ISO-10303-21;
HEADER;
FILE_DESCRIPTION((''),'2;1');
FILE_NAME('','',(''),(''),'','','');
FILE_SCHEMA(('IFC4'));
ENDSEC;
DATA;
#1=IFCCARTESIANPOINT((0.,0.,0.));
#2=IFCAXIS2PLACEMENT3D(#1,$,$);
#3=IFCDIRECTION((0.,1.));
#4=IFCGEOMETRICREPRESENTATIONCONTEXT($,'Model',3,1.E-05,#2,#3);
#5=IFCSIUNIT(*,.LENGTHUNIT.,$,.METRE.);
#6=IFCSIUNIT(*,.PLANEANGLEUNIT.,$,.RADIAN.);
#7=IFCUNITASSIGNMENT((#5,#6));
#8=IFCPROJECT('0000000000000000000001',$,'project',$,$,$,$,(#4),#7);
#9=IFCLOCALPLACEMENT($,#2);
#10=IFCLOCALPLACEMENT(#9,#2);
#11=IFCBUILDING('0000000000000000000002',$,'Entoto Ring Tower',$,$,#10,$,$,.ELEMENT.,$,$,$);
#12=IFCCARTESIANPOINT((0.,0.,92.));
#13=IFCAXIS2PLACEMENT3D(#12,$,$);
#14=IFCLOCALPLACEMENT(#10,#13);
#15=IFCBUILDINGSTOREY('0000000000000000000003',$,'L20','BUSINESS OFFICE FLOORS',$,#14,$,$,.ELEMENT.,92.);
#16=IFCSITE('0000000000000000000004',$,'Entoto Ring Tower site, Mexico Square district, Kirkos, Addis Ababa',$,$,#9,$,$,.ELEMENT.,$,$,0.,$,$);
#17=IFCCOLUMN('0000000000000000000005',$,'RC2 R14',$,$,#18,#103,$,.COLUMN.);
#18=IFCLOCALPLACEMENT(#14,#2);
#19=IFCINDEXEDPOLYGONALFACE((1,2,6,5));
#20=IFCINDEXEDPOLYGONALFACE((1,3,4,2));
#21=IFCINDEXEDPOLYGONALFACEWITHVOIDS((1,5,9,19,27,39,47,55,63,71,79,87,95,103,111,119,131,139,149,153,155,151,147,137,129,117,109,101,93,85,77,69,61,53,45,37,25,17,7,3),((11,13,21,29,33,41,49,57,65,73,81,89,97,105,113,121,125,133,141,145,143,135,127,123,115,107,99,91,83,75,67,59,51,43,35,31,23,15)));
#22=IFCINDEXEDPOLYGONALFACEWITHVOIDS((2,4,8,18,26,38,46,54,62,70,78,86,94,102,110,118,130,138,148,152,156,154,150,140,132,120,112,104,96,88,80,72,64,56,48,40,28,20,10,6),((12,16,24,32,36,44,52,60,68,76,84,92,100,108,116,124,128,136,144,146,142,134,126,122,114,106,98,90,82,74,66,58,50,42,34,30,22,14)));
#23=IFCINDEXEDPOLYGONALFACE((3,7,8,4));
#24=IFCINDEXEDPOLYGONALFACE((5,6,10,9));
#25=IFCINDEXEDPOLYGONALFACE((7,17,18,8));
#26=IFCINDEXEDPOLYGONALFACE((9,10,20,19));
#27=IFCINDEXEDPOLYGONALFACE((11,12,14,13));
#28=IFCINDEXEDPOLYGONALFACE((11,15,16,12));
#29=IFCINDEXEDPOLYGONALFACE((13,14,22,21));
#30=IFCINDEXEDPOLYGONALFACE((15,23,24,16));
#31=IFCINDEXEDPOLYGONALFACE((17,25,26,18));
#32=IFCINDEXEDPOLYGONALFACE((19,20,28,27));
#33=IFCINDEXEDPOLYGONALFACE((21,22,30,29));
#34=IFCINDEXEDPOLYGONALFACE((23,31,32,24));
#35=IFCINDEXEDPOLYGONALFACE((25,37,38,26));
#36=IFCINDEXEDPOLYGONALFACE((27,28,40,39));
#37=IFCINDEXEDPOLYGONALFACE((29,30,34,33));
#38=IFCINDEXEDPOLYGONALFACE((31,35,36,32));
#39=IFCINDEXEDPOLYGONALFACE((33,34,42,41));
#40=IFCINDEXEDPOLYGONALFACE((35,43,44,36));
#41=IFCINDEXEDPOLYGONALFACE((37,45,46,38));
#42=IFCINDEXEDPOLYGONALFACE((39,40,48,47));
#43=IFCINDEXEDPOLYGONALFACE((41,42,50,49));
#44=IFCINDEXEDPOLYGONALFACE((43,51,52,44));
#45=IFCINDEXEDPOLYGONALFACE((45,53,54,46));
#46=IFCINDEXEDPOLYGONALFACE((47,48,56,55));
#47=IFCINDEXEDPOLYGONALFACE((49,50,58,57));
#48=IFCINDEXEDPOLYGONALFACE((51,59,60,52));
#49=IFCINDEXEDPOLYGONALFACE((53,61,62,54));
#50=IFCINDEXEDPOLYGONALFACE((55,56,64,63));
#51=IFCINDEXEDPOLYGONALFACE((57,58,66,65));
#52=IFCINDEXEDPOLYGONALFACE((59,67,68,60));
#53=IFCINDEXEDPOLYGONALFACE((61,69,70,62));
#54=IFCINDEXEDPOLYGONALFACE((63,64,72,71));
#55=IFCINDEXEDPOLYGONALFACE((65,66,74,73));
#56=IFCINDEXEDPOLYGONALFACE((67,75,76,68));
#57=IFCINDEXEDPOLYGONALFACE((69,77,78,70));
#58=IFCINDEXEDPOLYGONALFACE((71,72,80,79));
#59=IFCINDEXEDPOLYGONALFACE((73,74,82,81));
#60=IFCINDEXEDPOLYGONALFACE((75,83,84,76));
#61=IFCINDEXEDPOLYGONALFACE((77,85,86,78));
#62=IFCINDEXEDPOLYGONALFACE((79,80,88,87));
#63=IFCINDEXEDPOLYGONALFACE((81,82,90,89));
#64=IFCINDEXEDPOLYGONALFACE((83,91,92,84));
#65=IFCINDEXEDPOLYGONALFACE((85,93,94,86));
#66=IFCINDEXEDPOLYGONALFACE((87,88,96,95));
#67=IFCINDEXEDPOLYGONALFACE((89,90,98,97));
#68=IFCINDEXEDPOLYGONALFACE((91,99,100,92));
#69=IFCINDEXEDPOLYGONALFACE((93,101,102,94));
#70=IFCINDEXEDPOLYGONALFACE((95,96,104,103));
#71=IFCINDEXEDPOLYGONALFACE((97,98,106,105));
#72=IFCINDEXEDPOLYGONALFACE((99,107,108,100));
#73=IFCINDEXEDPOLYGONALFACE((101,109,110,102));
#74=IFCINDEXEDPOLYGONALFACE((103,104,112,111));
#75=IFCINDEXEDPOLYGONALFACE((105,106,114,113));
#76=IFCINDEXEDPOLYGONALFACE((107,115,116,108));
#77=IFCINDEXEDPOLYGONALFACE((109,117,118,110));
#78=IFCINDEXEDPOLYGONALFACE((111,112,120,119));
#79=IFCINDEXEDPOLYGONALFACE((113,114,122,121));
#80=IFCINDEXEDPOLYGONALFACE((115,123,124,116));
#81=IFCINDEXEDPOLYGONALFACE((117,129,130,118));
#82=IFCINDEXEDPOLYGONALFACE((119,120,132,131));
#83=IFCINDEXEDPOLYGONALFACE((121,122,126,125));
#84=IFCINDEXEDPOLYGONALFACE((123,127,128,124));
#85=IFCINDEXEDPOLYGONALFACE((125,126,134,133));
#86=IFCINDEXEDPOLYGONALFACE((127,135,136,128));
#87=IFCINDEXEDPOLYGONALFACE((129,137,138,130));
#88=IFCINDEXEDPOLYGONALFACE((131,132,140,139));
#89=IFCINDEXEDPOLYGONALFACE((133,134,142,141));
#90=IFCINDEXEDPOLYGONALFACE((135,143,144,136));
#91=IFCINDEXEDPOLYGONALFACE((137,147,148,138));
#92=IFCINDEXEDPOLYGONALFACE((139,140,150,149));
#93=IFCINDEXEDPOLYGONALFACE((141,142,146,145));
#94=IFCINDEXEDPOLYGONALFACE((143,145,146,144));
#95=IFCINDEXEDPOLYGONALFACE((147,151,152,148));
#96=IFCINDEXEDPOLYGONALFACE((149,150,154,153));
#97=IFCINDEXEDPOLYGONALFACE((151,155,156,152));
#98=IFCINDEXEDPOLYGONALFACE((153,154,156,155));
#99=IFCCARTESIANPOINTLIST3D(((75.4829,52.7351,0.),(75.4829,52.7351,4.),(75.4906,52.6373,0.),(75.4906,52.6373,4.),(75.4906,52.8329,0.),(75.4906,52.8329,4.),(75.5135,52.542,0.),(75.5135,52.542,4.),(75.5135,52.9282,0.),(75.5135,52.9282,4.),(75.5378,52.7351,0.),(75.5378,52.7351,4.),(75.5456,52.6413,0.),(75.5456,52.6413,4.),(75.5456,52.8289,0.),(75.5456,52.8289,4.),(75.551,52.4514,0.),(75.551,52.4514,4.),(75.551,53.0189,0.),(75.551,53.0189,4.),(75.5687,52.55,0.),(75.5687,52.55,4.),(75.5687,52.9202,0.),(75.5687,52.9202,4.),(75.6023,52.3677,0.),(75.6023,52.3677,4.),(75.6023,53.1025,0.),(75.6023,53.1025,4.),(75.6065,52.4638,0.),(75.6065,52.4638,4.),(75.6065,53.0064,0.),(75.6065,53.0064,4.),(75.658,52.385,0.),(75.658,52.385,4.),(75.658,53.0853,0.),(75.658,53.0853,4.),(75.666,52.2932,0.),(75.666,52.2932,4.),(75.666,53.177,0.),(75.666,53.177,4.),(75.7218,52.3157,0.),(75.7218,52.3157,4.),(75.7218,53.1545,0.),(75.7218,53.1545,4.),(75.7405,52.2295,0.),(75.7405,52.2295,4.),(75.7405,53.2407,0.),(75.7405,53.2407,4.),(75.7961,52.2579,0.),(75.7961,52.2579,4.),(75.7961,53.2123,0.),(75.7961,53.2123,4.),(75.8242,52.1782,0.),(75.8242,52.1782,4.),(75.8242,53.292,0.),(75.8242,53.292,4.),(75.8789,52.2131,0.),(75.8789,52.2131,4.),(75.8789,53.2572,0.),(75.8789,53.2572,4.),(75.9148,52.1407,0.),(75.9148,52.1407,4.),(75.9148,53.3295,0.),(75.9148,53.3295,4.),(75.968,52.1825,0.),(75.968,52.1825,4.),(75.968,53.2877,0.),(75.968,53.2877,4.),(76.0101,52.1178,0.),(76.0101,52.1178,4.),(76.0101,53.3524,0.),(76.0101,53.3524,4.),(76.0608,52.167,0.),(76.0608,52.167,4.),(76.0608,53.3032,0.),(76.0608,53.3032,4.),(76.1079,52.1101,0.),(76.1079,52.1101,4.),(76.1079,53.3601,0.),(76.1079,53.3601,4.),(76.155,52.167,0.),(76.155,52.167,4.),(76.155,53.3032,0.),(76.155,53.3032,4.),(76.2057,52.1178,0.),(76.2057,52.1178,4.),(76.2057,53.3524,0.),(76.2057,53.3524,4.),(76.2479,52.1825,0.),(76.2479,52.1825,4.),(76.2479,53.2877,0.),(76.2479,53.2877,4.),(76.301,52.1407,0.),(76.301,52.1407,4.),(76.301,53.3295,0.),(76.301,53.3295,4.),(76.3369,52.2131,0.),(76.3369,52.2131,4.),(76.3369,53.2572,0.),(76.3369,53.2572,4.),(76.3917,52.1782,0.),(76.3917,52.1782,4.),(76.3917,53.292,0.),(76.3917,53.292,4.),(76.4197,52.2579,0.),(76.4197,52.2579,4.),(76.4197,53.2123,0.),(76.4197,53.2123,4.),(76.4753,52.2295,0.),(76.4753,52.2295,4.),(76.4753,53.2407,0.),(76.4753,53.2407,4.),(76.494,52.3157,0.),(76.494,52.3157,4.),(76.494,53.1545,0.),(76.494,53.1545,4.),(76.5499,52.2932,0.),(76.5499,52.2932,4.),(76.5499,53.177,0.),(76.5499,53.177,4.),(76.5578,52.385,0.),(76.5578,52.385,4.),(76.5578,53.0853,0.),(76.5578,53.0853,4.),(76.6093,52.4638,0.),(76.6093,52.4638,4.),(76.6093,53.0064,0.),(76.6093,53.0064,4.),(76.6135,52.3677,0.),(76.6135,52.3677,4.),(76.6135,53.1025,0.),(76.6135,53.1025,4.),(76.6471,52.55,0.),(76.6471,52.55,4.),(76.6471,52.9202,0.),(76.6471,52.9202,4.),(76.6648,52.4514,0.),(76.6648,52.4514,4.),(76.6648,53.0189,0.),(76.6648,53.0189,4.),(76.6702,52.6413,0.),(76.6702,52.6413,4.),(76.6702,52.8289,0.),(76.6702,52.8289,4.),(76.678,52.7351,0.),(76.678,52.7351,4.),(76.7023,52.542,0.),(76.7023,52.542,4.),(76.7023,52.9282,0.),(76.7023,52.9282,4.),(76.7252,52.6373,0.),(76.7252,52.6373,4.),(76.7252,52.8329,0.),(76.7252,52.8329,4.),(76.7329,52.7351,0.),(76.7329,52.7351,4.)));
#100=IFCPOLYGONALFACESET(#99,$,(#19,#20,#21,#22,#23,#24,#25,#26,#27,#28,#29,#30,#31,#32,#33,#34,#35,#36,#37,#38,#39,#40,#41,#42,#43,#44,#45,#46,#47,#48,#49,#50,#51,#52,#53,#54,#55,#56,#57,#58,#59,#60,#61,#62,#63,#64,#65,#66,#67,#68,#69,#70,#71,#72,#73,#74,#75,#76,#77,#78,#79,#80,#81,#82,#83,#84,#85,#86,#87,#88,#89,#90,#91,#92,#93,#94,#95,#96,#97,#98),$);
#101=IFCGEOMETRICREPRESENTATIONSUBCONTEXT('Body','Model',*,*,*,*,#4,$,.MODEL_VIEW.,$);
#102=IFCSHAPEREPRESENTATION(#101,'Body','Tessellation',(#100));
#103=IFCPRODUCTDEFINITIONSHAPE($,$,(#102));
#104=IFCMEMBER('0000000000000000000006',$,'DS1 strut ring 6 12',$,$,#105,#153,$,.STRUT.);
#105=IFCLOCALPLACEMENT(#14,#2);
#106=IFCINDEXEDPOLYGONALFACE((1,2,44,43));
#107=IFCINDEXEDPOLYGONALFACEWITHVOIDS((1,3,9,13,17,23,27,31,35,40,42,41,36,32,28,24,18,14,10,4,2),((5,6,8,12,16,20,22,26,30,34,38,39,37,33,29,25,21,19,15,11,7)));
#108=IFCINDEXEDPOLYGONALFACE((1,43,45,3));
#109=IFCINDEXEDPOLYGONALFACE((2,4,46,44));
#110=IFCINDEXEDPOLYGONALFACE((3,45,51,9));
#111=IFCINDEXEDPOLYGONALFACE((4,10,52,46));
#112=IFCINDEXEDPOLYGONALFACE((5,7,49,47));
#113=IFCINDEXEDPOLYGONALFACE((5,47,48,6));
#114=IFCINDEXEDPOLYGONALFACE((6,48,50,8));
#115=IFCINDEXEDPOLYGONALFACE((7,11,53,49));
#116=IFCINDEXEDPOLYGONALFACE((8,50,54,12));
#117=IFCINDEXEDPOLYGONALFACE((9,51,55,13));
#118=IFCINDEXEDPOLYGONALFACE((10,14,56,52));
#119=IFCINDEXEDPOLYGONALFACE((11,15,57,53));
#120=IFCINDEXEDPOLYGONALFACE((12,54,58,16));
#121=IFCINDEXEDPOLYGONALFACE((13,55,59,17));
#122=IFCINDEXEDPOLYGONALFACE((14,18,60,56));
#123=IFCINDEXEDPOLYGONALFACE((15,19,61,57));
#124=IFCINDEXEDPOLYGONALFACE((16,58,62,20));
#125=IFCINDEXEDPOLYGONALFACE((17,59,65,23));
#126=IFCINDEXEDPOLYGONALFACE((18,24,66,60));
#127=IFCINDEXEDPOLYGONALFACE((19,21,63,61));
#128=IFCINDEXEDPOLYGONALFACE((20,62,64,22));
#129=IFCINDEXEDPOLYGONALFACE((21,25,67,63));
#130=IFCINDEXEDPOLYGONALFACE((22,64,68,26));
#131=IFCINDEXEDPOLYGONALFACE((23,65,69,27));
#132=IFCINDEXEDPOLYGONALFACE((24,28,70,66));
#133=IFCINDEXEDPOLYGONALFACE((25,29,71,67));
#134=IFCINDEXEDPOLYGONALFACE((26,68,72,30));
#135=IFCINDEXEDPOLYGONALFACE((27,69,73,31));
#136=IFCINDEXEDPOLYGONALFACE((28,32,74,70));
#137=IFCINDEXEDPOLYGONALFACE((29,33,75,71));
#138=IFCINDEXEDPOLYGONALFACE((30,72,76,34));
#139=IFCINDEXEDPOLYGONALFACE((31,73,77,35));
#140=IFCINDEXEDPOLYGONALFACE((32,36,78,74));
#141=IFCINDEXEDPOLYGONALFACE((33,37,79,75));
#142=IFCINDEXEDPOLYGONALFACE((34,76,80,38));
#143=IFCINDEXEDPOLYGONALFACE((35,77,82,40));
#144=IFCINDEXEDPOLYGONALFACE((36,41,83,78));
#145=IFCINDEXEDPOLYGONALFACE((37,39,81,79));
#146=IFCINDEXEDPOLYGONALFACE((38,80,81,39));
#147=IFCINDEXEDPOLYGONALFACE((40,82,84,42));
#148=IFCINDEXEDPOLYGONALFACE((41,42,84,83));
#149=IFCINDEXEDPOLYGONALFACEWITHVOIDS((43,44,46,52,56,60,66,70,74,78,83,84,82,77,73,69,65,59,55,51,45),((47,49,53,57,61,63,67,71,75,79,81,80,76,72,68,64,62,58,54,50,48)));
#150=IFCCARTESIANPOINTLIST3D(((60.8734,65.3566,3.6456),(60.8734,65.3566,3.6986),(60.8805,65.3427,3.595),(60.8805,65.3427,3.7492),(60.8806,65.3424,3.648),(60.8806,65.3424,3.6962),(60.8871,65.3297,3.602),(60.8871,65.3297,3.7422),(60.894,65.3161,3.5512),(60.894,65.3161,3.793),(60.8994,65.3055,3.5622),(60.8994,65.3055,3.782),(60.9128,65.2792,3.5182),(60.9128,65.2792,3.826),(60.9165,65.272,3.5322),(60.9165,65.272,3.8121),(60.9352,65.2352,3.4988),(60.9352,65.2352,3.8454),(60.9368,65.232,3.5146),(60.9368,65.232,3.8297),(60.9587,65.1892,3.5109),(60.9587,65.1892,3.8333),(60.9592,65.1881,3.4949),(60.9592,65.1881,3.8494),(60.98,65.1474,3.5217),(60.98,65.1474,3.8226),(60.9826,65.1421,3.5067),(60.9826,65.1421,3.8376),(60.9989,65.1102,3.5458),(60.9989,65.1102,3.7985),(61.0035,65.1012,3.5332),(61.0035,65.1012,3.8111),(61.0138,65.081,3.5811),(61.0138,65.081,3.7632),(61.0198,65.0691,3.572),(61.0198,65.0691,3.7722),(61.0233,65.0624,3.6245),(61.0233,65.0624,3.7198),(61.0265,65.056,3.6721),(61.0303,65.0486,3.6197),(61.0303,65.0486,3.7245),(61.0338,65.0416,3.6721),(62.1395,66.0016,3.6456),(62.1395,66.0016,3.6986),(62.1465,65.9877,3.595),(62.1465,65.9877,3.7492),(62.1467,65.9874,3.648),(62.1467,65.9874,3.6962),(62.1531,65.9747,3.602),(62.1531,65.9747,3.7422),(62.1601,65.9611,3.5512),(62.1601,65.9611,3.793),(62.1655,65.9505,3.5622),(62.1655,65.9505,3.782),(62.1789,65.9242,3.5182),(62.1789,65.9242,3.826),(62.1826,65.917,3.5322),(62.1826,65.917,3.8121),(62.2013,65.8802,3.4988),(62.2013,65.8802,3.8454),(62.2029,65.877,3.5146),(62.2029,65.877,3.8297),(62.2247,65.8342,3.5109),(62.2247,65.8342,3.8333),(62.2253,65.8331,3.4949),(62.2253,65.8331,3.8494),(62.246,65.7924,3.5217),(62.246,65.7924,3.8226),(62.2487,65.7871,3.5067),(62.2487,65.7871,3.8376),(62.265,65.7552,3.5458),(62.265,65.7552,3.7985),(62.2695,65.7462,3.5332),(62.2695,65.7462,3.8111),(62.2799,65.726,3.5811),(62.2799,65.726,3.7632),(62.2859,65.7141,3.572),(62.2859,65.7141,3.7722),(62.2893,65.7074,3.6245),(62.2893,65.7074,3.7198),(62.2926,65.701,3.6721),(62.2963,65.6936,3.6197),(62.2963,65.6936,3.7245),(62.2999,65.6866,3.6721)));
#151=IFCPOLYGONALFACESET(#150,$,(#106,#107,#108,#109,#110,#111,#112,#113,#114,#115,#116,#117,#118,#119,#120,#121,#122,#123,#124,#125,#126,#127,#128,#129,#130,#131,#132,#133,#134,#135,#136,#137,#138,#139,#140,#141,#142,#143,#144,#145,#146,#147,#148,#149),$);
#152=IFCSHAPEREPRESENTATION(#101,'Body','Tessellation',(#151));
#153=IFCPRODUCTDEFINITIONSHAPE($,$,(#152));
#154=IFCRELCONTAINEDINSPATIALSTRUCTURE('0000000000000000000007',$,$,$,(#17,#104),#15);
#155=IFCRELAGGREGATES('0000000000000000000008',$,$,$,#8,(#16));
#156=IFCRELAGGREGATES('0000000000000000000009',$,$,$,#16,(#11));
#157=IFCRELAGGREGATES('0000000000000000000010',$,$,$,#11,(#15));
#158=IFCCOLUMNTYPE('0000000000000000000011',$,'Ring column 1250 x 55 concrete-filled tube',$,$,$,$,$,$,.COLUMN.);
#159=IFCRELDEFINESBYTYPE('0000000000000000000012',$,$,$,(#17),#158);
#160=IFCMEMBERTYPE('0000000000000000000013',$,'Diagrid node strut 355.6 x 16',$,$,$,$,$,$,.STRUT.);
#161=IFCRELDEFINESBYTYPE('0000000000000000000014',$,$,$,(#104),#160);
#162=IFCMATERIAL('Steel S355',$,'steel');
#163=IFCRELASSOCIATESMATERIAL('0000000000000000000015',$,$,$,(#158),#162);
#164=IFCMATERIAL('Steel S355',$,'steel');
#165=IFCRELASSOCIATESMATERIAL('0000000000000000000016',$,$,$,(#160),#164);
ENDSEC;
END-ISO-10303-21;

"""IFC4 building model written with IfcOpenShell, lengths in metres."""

from ifc_helpers import new_model, si_unit, direction, frame, origin, origin_2d, place, context, subcontext, project, spatial, circle, hollow_circle, extrude, material, material_profile, profile_set, type_object, element, save


model = new_model("IFC4")

# Units and contexts
model_context = context("Model", 3, precision=1e-05, world=origin(), true_north=direction((0.0, 1.0)))
body_context = subcontext(model_context, "Body", "Model", "MODEL_VIEW")
ifc_project = project(units=[si_unit("LENGTHUNIT", "METRE"), si_unit("PLANEANGLEUNIT", "RADIAN")], contexts=[model_context])

# Site, building, storey
site_placement = place(None, origin())
site = spatial("IfcSite", under=ifc_project, at=site_placement, Name="Entoto Ring Tower site, Mexico Square district, Kirkos, Addis Ababa", CompositionType="ELEMENT", RefElevation=0.0)
building_placement = place(site_placement, origin())
building = spatial("IfcBuilding", under=site, at=building_placement, Name="Entoto Ring Tower", CompositionType="ELEMENT")
storey_placement = place(building_placement, frame((0.0, 0.0, 92.0)))
storey = spatial("IfcBuildingStorey", under=building, at=storey_placement, Name="L20", Description="BUSINESS OFFICE FLOORS", CompositionType="ELEMENT", Elevation=92.0)

# Column
ifc_material_1 = material(Name="Steel S355", Category="steel")
ifc_material_profile_1 = material_profile(ifc_material_1, hollow_circle(Radius=0.625, WallThickness=0.0549, at=origin_2d()), Name="CHS 1250 x 55")
ifc_material_2 = material(Name="Concrete C60/75", Category="concrete")
ifc_material_profile_2 = material_profile(ifc_material_2, circle(Radius=0.5701, at=origin_2d()), Name="Concrete C60/75 infill")
ifc_profile_set_1 = profile_set([ifc_material_profile_1, ifc_material_profile_2], Name="Steel S355")
column_type = type_object("IfcColumnType", Name="Ring column 1250 x 55 concrete-filled tube", PredefinedType="COLUMN", material=ifc_profile_set_1)
for number, where, z_axis, x_axis, name in (
    (1, (76.1079, 52.7351, 0.0), (0.0, 0.0, 1.0), (1.0, 0.0, 0.0), "RC2 R14"),
):
    element("IfcColumn", number, at=place(storey_placement, frame(where, z_axis=z_axis, x_axis=x_axis)), inside=storey, type_object=column_type, Name=name, PredefinedType="COLUMN", context=body_context, shape_type="SweptSolid", body=[
        extrude(hollow_circle(Radius=0.625, WallThickness=0.0549, at=origin_2d()), origin(), (0.0, 0.0, 1.0), 4.0),
    ])

# Member
ifc_material_3 = material(Name="Steel S355", Category="steel")
ifc_material_profile_3 = material_profile(ifc_material_3, hollow_circle(Radius=0.1777, WallThickness=0.0161, at=origin_2d()), Name="CHS 355.6 x 16")
ifc_material_4 = material(Name="Concrete C60/75", Category="concrete")
ifc_material_profile_4 = material_profile(ifc_material_4, circle(Radius=0.1619, at=origin_2d()), Name="Concrete C60/75 infill")
ifc_profile_set_2 = profile_set([ifc_material_profile_3, ifc_material_profile_4], Name="Steel S355")
member_type = type_object("IfcMemberType", Name="Diagrid node strut 355.6 x 16", PredefinedType="STRUT", material=ifc_profile_set_2)
member_1_placement = place(storey_placement, frame((62.2192, 65.845, 3.6721), z_axis=(-0.891034, -0.453936, 0.0), x_axis=(0.453936, -0.891034, 0.0)))
element("IfcMember", 2, at=member_1_placement, inside=storey, type_object=member_type, Name="DS1 strut ring 6 12", PredefinedType="STRUT", context=body_context, shape_type="SweptSolid", body=[
    extrude(hollow_circle(Radius=0.1777, WallThickness=0.0161, at=origin_2d()), origin(), (0.0, 0.0, 1.0), 1.4209),
])

save(model, "model.ifc")
